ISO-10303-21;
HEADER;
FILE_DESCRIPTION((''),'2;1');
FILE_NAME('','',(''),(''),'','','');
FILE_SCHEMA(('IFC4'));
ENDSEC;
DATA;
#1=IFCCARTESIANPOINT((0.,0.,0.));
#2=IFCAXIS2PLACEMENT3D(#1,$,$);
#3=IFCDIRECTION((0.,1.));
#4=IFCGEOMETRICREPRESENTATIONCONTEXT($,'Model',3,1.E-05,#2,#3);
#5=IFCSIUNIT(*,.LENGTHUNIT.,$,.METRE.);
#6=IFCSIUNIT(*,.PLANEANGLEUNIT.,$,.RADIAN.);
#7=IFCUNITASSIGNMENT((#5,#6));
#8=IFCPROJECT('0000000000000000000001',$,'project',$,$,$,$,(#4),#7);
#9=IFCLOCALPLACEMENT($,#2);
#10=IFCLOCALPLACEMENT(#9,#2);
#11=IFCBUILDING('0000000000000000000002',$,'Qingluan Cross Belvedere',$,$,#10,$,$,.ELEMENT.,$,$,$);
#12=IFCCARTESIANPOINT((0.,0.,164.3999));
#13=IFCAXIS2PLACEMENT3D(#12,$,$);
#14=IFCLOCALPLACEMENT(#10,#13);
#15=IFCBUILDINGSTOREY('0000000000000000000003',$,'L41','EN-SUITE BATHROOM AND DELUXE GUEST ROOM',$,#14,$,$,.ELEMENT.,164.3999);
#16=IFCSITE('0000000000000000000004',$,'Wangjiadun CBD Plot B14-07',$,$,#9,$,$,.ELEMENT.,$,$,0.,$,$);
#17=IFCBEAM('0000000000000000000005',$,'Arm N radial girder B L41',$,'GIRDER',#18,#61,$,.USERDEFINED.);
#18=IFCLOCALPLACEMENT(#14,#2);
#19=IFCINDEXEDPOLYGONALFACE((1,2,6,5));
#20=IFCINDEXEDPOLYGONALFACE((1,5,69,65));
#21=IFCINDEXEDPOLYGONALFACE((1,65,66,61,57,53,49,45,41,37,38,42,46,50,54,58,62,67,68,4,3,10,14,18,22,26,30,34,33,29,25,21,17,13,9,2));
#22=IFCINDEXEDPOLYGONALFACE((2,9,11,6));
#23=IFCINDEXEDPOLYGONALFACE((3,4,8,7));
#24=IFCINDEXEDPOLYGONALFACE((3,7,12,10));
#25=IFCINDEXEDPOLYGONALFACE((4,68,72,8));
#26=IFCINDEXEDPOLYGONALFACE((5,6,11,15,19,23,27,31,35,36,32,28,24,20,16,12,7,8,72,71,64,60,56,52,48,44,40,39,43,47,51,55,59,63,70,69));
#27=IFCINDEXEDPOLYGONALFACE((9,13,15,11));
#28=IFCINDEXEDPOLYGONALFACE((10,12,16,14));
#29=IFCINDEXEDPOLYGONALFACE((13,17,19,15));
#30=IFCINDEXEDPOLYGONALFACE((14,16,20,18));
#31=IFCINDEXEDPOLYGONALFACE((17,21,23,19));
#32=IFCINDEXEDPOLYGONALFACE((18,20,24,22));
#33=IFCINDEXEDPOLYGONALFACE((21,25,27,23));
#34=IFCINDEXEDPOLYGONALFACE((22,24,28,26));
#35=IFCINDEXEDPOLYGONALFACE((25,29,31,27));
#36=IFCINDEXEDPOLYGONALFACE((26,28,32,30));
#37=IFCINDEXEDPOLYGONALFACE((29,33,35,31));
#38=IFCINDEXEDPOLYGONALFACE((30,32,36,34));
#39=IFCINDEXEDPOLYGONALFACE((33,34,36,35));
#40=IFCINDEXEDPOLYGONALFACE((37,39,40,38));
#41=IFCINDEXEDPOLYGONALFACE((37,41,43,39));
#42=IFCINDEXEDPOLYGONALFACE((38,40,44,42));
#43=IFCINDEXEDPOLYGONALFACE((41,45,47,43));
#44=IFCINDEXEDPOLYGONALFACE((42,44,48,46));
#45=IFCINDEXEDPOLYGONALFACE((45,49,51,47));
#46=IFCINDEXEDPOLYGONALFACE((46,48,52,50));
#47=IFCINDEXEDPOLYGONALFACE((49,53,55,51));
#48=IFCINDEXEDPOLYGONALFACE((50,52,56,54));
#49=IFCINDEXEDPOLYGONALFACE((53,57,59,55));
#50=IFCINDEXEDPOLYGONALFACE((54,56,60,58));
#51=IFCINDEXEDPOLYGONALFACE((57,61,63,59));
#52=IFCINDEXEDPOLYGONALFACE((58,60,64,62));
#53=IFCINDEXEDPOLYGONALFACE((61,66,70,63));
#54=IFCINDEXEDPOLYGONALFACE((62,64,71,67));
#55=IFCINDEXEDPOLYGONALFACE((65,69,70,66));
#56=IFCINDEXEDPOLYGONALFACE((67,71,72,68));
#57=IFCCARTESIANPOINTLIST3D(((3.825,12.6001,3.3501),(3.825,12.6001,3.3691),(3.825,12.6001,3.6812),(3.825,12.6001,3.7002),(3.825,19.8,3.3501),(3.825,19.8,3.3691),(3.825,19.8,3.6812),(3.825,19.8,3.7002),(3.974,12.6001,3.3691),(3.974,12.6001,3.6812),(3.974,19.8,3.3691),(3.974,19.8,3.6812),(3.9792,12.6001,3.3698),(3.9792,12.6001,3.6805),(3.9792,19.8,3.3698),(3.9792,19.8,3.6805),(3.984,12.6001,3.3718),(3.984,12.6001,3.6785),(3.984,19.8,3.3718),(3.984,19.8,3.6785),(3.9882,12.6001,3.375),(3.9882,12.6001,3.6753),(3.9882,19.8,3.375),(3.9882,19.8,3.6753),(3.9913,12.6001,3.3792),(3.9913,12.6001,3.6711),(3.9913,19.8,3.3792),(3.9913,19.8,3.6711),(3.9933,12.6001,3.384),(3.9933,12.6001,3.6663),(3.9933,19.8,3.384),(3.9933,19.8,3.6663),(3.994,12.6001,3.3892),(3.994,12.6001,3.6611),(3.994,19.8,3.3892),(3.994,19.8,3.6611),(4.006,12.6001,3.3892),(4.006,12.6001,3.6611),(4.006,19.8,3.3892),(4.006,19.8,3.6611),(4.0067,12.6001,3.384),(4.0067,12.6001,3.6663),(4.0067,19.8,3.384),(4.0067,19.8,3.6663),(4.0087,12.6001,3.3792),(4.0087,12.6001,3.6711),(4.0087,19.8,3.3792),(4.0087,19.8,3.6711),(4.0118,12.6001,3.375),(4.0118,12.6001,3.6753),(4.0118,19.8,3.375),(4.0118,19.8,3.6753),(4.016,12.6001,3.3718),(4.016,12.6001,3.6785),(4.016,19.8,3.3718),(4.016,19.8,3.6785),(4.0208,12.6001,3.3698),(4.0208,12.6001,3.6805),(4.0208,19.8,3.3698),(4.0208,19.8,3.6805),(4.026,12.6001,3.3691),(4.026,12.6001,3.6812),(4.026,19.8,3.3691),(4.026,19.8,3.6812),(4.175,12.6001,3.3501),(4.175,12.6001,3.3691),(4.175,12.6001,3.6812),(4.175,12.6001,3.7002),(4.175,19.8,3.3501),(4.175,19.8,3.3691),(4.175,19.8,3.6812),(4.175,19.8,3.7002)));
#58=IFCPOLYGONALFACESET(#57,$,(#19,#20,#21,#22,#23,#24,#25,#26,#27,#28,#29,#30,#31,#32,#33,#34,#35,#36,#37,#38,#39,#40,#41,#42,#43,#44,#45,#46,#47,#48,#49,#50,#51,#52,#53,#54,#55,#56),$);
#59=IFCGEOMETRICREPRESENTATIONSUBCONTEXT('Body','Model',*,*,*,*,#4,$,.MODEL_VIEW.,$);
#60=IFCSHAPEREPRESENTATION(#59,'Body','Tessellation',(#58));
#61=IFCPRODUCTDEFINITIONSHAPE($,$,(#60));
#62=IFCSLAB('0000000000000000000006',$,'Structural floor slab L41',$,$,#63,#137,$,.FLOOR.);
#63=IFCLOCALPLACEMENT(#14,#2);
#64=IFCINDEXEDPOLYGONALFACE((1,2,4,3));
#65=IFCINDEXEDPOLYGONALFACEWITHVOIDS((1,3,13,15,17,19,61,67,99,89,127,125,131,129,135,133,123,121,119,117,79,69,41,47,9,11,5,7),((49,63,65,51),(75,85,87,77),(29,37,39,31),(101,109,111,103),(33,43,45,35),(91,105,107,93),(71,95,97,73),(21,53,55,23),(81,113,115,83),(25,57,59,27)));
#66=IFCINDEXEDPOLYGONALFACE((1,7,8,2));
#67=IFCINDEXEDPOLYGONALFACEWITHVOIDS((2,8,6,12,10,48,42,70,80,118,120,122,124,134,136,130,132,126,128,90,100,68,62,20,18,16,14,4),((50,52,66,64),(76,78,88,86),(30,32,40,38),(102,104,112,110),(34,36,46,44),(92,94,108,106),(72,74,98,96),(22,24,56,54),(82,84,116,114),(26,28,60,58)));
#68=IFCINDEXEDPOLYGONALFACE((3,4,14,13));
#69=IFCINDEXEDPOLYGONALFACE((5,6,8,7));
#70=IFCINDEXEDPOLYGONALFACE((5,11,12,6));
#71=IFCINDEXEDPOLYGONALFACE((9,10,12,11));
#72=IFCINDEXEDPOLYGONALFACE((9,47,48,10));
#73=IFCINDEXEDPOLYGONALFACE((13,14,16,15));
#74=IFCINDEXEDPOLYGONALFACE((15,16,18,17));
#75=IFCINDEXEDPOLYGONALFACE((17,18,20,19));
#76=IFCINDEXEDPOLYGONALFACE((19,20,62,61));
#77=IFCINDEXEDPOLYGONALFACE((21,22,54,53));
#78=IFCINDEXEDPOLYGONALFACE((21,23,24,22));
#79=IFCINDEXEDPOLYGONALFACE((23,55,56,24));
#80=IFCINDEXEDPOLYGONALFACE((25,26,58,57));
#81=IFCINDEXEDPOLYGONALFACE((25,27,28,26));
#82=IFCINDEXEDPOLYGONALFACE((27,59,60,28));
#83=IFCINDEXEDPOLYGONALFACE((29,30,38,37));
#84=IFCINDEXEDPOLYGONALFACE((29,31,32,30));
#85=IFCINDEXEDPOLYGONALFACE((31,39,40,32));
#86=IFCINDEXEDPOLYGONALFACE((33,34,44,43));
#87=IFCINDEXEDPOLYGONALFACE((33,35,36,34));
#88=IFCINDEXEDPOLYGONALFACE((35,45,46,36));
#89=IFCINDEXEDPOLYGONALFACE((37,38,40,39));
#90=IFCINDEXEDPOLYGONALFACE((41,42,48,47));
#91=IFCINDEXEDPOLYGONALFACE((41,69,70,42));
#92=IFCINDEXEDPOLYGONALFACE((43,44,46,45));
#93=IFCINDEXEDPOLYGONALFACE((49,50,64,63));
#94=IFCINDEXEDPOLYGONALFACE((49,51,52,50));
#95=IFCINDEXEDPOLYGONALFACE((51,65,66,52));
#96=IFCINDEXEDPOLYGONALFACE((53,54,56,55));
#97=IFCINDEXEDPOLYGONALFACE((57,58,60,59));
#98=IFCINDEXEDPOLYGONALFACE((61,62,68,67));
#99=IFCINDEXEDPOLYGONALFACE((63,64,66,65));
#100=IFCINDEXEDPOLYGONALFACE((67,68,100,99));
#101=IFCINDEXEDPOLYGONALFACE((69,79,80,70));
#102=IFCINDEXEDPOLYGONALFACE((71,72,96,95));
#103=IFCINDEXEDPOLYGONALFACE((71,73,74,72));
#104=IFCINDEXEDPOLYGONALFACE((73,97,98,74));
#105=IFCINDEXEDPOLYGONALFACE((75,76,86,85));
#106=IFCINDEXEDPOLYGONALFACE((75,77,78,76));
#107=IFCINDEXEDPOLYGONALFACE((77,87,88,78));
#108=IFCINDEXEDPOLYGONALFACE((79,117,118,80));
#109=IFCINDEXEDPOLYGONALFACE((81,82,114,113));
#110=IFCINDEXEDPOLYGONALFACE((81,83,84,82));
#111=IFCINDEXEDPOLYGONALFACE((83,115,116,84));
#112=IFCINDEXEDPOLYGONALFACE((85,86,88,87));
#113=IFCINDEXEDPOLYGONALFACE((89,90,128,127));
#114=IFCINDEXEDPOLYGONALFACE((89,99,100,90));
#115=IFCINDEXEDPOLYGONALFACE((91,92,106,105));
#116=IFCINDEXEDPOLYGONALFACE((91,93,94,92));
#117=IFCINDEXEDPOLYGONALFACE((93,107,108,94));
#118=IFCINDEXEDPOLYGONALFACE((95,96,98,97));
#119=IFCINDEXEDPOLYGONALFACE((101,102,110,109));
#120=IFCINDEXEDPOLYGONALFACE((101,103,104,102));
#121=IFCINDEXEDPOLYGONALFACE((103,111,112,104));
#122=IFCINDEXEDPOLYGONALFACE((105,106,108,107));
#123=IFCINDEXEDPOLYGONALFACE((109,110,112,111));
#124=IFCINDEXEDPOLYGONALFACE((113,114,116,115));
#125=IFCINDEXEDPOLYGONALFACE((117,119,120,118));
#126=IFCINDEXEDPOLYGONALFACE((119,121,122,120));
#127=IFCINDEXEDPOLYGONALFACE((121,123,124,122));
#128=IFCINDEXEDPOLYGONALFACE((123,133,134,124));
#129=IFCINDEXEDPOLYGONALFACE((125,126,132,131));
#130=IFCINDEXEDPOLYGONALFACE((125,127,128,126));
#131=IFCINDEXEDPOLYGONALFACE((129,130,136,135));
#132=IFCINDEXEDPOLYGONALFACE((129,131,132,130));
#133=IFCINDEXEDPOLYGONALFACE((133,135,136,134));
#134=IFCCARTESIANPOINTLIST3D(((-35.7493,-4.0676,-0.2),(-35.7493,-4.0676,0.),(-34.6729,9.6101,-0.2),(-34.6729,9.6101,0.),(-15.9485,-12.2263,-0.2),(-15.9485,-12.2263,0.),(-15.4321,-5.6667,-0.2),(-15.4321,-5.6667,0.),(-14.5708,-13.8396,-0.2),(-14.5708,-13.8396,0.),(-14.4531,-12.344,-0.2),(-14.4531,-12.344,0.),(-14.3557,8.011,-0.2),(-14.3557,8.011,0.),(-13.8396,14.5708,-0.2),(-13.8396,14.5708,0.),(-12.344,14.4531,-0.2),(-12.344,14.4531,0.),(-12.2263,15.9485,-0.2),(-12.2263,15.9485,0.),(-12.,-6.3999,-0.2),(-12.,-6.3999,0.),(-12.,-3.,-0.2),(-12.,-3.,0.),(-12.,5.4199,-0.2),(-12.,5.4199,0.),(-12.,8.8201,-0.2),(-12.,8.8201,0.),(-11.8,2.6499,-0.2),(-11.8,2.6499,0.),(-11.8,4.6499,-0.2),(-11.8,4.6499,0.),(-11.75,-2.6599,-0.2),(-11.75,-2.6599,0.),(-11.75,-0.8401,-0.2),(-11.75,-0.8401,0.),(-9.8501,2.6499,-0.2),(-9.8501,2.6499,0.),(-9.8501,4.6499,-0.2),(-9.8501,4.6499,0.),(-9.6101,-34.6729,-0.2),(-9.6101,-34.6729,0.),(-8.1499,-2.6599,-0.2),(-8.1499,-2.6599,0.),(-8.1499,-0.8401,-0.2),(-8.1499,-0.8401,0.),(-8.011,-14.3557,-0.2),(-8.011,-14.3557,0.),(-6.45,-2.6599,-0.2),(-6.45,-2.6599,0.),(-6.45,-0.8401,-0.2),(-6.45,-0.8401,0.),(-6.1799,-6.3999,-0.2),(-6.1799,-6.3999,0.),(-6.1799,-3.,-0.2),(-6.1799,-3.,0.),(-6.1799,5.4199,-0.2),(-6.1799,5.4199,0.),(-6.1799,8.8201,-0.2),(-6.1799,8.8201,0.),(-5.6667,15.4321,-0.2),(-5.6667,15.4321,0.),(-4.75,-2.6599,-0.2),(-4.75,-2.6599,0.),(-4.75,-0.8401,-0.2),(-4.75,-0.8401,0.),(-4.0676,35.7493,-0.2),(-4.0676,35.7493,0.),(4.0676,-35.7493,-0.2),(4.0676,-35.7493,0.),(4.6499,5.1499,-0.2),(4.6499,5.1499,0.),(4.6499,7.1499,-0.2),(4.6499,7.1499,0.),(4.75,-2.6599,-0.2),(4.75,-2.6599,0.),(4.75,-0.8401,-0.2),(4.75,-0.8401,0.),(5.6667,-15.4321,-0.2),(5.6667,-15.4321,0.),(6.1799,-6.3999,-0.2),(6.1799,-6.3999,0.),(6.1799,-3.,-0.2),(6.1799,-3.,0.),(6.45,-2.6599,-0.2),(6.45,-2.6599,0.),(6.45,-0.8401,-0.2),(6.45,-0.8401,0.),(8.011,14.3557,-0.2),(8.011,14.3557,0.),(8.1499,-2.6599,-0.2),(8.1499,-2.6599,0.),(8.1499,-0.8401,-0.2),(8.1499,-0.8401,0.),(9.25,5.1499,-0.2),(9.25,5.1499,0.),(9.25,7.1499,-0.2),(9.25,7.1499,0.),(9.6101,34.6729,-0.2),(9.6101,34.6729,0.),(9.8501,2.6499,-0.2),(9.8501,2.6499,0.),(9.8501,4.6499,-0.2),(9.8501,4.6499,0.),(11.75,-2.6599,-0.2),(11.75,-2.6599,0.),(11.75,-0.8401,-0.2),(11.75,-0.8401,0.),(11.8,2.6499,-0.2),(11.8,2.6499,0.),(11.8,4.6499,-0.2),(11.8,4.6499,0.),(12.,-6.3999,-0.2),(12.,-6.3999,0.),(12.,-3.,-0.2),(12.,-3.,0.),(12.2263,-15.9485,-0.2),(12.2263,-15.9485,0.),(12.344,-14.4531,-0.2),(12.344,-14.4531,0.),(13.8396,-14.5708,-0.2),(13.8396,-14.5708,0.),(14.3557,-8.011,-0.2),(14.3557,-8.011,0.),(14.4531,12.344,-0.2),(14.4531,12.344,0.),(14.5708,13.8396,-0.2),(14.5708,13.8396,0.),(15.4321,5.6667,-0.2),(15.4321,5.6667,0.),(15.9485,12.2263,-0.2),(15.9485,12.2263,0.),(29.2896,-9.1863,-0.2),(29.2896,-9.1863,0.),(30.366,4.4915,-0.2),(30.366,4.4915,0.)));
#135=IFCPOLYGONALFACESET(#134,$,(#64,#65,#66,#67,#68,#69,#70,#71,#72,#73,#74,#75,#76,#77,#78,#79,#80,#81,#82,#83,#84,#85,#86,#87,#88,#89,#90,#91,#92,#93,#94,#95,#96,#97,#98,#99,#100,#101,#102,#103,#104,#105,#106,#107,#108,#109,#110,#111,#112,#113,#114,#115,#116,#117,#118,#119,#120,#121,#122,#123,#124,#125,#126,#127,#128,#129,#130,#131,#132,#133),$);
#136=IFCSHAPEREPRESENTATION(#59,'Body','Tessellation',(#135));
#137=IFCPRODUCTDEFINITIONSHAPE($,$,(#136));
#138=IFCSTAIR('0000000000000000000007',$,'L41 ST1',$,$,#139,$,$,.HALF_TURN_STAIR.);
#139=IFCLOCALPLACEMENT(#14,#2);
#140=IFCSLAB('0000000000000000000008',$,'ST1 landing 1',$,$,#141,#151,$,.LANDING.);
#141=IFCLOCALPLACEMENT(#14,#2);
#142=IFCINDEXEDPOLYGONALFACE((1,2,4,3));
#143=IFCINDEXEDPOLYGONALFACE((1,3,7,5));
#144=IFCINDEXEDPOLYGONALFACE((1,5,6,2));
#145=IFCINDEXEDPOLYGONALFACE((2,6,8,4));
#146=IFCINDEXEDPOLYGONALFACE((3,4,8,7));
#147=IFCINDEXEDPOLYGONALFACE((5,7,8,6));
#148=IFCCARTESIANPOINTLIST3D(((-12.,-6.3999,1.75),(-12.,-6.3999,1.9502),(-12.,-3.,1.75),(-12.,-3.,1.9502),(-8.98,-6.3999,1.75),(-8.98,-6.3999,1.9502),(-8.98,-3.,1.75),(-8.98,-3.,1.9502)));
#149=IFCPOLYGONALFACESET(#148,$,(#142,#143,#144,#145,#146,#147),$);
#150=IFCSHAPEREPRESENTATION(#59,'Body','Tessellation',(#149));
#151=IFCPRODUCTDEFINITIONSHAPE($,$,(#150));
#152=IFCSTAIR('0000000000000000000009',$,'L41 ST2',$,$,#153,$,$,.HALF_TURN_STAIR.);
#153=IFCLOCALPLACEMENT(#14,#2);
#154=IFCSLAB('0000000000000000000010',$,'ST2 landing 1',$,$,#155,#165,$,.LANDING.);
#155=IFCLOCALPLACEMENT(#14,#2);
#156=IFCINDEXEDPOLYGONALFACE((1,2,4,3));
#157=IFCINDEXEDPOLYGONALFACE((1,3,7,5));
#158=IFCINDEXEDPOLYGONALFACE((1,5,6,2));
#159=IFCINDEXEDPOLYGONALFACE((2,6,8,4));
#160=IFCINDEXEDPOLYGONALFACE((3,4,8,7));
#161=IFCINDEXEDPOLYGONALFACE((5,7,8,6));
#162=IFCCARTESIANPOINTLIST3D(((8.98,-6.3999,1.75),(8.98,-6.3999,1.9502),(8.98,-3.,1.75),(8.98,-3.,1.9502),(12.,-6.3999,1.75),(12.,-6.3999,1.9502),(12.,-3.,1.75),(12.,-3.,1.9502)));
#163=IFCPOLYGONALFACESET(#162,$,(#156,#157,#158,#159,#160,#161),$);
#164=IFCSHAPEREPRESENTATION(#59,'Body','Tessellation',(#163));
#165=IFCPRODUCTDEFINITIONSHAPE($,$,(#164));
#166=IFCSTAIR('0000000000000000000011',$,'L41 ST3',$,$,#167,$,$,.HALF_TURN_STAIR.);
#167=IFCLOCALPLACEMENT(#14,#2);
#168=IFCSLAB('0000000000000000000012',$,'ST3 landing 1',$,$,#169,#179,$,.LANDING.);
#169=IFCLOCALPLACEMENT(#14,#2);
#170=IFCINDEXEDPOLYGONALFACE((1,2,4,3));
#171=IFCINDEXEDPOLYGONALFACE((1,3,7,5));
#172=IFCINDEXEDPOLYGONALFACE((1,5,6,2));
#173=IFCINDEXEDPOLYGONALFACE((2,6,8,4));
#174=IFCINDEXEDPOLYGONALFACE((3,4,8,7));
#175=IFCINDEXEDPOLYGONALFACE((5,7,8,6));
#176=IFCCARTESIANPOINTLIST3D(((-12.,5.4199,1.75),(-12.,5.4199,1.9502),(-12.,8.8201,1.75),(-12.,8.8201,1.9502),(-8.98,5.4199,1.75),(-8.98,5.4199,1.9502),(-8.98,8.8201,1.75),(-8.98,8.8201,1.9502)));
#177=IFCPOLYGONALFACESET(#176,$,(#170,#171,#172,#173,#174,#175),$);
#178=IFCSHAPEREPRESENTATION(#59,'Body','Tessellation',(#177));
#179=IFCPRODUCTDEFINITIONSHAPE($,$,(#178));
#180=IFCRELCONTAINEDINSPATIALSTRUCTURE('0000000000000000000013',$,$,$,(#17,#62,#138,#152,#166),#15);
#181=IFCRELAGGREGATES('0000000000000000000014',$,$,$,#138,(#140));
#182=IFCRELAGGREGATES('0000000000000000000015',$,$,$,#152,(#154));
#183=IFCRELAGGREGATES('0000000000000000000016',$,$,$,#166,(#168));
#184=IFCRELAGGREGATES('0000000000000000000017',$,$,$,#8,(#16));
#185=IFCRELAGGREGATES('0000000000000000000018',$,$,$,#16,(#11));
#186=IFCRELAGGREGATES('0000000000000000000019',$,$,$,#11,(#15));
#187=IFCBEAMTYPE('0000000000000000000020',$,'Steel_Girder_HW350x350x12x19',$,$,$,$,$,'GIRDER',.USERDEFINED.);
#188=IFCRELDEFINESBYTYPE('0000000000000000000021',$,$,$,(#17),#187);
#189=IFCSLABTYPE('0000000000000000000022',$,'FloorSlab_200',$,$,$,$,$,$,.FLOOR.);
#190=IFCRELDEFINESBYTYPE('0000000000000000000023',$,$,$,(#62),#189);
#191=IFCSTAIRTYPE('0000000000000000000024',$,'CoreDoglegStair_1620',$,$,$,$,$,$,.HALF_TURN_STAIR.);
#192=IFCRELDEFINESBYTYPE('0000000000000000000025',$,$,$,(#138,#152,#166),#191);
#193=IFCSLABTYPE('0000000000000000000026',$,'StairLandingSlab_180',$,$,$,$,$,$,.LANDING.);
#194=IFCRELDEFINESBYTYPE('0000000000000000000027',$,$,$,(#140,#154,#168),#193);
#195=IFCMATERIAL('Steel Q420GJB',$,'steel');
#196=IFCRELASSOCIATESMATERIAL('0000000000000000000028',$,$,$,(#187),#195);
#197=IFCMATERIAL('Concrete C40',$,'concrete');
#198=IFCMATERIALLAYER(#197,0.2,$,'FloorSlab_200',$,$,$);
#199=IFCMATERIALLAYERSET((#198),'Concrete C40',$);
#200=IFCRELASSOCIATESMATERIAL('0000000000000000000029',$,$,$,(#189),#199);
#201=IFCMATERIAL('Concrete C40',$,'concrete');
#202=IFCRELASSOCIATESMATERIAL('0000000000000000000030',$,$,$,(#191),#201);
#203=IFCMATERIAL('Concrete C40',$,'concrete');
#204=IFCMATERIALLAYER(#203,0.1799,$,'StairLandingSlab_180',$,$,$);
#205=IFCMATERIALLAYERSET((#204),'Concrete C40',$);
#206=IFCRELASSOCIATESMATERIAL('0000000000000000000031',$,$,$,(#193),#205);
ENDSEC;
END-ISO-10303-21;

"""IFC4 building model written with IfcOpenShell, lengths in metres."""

from ifc_helpers import new_model, si_unit, direction, frame, origin, origin_2d, place, context, subcontext, project, spatial, polyline, i_section, outline, extrude, material, layer, layer_set, material_profile, profile_set, type_object, element, aggregate, save


model = new_model("IFC4")

# Units and contexts
model_context = context("Model", 3, precision=1e-05, world=origin(), true_north=direction((0.0, 1.0)))
body_context = subcontext(model_context, "Body", "Model", "MODEL_VIEW")
ifc_project = project(units=[si_unit("LENGTHUNIT", "METRE"), si_unit("PLANEANGLEUNIT", "RADIAN")], contexts=[model_context])

# Site, building, storey
site_placement = place(None, origin())
site = spatial("IfcSite", under=ifc_project, at=site_placement, Name="Wangjiadun CBD Plot B14-07", CompositionType="ELEMENT", RefElevation=0.0)
building_placement = place(site_placement, origin())
building = spatial("IfcBuilding", under=site, at=building_placement, Name="Qingluan Cross Belvedere", CompositionType="ELEMENT")
storey_placement = place(building_placement, frame((0.0, 0.0, 164.3999)))
storey = spatial("IfcBuildingStorey", under=building, at=storey_placement, Name="L41", Description="EN-SUITE BATHROOM AND DELUXE GUEST ROOM", CompositionType="ELEMENT", Elevation=164.3999)

# Beam
ifc_material_1 = material(Name="Steel Q420GJB", Category="steel")
ifc_material_profile_1 = material_profile(ifc_material_1, i_section(OverallWidth=0.3501, OverallDepth=0.3501, WebThickness=0.012, FlangeThickness=0.019, FilletRadius=0.02, at=origin_2d()), Name="HW350x350x12x19")
ifc_profile_set_1 = profile_set([ifc_material_profile_1], Name="Steel Q420GJB")
beam_type = type_object("IfcBeamType", Name="Steel_Girder_HW350x350x12x19", ElementType="GIRDER", PredefinedType="USERDEFINED", material=ifc_profile_set_1)
beam_1_placement = place(storey_placement, frame((4.0, 12.6001, 3.5251), z_axis=(0.0, 1.0, 0.0), x_axis=(-1.0, 0.0, 0.0)))
element("IfcBeam", 1, at=beam_1_placement, inside=storey, type_object=beam_type, Name="Arm N radial girder B L41", ObjectType="GIRDER", PredefinedType="USERDEFINED", context=body_context, shape_type="SweptSolid", body=[
    extrude(i_section(OverallWidth=0.3501, OverallDepth=0.3501, WebThickness=0.012, FlangeThickness=0.019, FilletRadius=0.02, at=origin_2d()), origin(), (0.0, 0.0, 1.0), 7.2),
])

# Slab
ifc_material_2 = material(Name="Concrete C40", Category="concrete")
ifc_layer_1 = layer(ifc_material_2, 0.2, Name="FloorSlab_200")
ifc_layer_set_1 = layer_set([ifc_layer_1], Name="Concrete C40")
slab_type_1 = type_object("IfcSlabType", Name="FloorSlab_200", PredefinedType="FLOOR", material=ifc_layer_set_1)
slab_1_placement = place(storey_placement, frame((0.0, 0.0, -0.2)))
element("IfcSlab", 2, at=slab_1_placement, inside=storey, type_object=slab_type_1, Name="Structural floor slab L41", PredefinedType="FLOOR", context=body_context, shape_type="SweptSolid", body=[
    extrude(outline(polyline([(4.0676, -35.7493), (5.6667, -15.4321), (12.2263, -15.9485), (12.344, -14.4531), (13.8396, -14.5708), (14.3557, -8.011), (29.2896, -9.1863), (30.366, 4.4915), (15.4321, 5.6667), (15.9485, 12.2263), (14.4531, 12.344), (14.5708, 13.8396), (8.011, 14.3557), (9.6101, 34.6729), (-4.0676, 35.7493), (-5.6667, 15.4321), (-12.2263, 15.9485), (-12.344, 14.4531), (-13.8396, 14.5708), (-14.3557, 8.011), (-34.6729, 9.6101), (-35.7493, -4.0676), (-15.4321, -5.6667), (-15.9485, -12.2263), (-14.4531, -12.344), (-14.5708, -13.8396), (-8.011, -14.3557), (-9.6101, -34.6729), (4.0676, -35.7493)]), holes=[polyline([(-12.0, -3.0), (-6.1799, -3.0), (-6.1799, -6.3999), (-12.0, -6.3999), (-12.0, -3.0)]), polyline([(6.1799, -3.0), (12.0, -3.0), (12.0, -6.3999), (6.1799, -6.3999), (6.1799, -3.0)]), polyline([(-12.0, 8.8201), (-6.1799, 8.8201), (-6.1799, 5.4199), (-12.0, 5.4199), (-12.0, 8.8201)]), polyline([(-11.8, 4.6499), (-9.8501, 4.6499), (-9.8501, 2.6499), (-11.8, 2.6499), (-11.8, 4.6499)]), polyline([(9.8501, 4.6499), (11.8, 4.6499), (11.8, 2.6499), (9.8501, 2.6499), (9.8501, 4.6499)]), polyline([(-11.75, -0.8401), (-8.1499, -0.8401), (-8.1499, -2.6599), (-11.75, -2.6599), (-11.75, -0.8401)]), polyline([(-6.45, -0.8401), (-4.75, -0.8401), (-4.75, -2.6599), (-6.45, -2.6599), (-6.45, -0.8401)]), polyline([(4.75, -0.8401), (6.45, -0.8401), (6.45, -2.6599), (4.75, -2.6599), (4.75, -0.8401)]), polyline([(8.1499, -0.8401), (11.75, -0.8401), (11.75, -2.6599), (8.1499, -2.6599), (8.1499, -0.8401)]), polyline([(4.6499, 7.1499), (9.25, 7.1499), (9.25, 5.1499), (4.6499, 5.1499), (4.6499, 7.1499)])]), origin(), (0.0, 0.0, 1.0), 0.2),
])

# Stairs, slabs
ifc_material_3 = material(Name="Concrete C40", Category="concrete")
stair_type = type_object("IfcStairType", Name="CoreDoglegStair_1620", PredefinedType="HALF_TURN_STAIR", material=ifc_material_3)
stair_1_placement = place(storey_placement, origin())
stair_1 = element("IfcStair", 3, at=stair_1_placement, inside=storey, type_object=stair_type, Name="L41 ST1", PredefinedType="HALF_TURN_STAIR")
ifc_material_4 = material(Name="Concrete C40", Category="concrete")
ifc_layer_2 = layer(ifc_material_4, 0.1799, Name="StairLandingSlab_180")
ifc_layer_set_2 = layer_set([ifc_layer_2], Name="Concrete C40")
slab_type_2 = type_object("IfcSlabType", Name="StairLandingSlab_180", PredefinedType="LANDING", material=ifc_layer_set_2)
slab_2_placement = place(storey_placement, frame((0.0, 0.0, 1.75)))
slab_2 = element("IfcSlab", 4, at=slab_2_placement, type_object=slab_type_2, Name="ST1 landing 1", PredefinedType="LANDING", context=body_context, shape_type="SweptSolid", body=[
    extrude(outline(polyline([(-8.98, -3.0), (-12.0, -3.0), (-12.0, -6.3999), (-8.98, -6.3999), (-8.98, -3.0)])), origin(), (0.0, 0.0, 1.0), 0.2002),
])
aggregate(stair_1, [slab_2])
stair_2_placement = place(storey_placement, origin())
stair_2 = element("IfcStair", 5, at=stair_2_placement, inside=storey, type_object=stair_type, Name="L41 ST2", PredefinedType="HALF_TURN_STAIR")
slab_3_placement = place(storey_placement, frame((0.0, 0.0, 1.75)))
slab_3 = element("IfcSlab", 6, at=slab_3_placement, type_object=slab_type_2, Name="ST2 landing 1", PredefinedType="LANDING", context=body_context, shape_type="SweptSolid", body=[
    extrude(outline(polyline([(8.98, -6.3999), (12.0, -6.3999), (12.0, -3.0), (8.98, -3.0), (8.98, -6.3999)])), origin(), (0.0, 0.0, 1.0), 0.2002),
])
aggregate(stair_2, [slab_3])
stair_3_placement = place(storey_placement, origin())
stair_3 = element("IfcStair", 7, at=stair_3_placement, inside=storey, type_object=stair_type, Name="L41 ST3", PredefinedType="HALF_TURN_STAIR")
slab_4_placement = place(storey_placement, frame((0.0, 0.0, 1.75)))
slab_4 = element("IfcSlab", 8, at=slab_4_placement, type_object=slab_type_2, Name="ST3 landing 1", PredefinedType="LANDING", context=body_context, shape_type="SweptSolid", body=[
    extrude(outline(polyline([(-8.98, 8.8201), (-12.0, 8.8201), (-12.0, 5.4199), (-8.98, 5.4199), (-8.98, 8.8201)])), origin(), (0.0, 0.0, 1.0), 0.2002),
])
aggregate(stair_3, [slab_4])

save(model, "model.ifc")
